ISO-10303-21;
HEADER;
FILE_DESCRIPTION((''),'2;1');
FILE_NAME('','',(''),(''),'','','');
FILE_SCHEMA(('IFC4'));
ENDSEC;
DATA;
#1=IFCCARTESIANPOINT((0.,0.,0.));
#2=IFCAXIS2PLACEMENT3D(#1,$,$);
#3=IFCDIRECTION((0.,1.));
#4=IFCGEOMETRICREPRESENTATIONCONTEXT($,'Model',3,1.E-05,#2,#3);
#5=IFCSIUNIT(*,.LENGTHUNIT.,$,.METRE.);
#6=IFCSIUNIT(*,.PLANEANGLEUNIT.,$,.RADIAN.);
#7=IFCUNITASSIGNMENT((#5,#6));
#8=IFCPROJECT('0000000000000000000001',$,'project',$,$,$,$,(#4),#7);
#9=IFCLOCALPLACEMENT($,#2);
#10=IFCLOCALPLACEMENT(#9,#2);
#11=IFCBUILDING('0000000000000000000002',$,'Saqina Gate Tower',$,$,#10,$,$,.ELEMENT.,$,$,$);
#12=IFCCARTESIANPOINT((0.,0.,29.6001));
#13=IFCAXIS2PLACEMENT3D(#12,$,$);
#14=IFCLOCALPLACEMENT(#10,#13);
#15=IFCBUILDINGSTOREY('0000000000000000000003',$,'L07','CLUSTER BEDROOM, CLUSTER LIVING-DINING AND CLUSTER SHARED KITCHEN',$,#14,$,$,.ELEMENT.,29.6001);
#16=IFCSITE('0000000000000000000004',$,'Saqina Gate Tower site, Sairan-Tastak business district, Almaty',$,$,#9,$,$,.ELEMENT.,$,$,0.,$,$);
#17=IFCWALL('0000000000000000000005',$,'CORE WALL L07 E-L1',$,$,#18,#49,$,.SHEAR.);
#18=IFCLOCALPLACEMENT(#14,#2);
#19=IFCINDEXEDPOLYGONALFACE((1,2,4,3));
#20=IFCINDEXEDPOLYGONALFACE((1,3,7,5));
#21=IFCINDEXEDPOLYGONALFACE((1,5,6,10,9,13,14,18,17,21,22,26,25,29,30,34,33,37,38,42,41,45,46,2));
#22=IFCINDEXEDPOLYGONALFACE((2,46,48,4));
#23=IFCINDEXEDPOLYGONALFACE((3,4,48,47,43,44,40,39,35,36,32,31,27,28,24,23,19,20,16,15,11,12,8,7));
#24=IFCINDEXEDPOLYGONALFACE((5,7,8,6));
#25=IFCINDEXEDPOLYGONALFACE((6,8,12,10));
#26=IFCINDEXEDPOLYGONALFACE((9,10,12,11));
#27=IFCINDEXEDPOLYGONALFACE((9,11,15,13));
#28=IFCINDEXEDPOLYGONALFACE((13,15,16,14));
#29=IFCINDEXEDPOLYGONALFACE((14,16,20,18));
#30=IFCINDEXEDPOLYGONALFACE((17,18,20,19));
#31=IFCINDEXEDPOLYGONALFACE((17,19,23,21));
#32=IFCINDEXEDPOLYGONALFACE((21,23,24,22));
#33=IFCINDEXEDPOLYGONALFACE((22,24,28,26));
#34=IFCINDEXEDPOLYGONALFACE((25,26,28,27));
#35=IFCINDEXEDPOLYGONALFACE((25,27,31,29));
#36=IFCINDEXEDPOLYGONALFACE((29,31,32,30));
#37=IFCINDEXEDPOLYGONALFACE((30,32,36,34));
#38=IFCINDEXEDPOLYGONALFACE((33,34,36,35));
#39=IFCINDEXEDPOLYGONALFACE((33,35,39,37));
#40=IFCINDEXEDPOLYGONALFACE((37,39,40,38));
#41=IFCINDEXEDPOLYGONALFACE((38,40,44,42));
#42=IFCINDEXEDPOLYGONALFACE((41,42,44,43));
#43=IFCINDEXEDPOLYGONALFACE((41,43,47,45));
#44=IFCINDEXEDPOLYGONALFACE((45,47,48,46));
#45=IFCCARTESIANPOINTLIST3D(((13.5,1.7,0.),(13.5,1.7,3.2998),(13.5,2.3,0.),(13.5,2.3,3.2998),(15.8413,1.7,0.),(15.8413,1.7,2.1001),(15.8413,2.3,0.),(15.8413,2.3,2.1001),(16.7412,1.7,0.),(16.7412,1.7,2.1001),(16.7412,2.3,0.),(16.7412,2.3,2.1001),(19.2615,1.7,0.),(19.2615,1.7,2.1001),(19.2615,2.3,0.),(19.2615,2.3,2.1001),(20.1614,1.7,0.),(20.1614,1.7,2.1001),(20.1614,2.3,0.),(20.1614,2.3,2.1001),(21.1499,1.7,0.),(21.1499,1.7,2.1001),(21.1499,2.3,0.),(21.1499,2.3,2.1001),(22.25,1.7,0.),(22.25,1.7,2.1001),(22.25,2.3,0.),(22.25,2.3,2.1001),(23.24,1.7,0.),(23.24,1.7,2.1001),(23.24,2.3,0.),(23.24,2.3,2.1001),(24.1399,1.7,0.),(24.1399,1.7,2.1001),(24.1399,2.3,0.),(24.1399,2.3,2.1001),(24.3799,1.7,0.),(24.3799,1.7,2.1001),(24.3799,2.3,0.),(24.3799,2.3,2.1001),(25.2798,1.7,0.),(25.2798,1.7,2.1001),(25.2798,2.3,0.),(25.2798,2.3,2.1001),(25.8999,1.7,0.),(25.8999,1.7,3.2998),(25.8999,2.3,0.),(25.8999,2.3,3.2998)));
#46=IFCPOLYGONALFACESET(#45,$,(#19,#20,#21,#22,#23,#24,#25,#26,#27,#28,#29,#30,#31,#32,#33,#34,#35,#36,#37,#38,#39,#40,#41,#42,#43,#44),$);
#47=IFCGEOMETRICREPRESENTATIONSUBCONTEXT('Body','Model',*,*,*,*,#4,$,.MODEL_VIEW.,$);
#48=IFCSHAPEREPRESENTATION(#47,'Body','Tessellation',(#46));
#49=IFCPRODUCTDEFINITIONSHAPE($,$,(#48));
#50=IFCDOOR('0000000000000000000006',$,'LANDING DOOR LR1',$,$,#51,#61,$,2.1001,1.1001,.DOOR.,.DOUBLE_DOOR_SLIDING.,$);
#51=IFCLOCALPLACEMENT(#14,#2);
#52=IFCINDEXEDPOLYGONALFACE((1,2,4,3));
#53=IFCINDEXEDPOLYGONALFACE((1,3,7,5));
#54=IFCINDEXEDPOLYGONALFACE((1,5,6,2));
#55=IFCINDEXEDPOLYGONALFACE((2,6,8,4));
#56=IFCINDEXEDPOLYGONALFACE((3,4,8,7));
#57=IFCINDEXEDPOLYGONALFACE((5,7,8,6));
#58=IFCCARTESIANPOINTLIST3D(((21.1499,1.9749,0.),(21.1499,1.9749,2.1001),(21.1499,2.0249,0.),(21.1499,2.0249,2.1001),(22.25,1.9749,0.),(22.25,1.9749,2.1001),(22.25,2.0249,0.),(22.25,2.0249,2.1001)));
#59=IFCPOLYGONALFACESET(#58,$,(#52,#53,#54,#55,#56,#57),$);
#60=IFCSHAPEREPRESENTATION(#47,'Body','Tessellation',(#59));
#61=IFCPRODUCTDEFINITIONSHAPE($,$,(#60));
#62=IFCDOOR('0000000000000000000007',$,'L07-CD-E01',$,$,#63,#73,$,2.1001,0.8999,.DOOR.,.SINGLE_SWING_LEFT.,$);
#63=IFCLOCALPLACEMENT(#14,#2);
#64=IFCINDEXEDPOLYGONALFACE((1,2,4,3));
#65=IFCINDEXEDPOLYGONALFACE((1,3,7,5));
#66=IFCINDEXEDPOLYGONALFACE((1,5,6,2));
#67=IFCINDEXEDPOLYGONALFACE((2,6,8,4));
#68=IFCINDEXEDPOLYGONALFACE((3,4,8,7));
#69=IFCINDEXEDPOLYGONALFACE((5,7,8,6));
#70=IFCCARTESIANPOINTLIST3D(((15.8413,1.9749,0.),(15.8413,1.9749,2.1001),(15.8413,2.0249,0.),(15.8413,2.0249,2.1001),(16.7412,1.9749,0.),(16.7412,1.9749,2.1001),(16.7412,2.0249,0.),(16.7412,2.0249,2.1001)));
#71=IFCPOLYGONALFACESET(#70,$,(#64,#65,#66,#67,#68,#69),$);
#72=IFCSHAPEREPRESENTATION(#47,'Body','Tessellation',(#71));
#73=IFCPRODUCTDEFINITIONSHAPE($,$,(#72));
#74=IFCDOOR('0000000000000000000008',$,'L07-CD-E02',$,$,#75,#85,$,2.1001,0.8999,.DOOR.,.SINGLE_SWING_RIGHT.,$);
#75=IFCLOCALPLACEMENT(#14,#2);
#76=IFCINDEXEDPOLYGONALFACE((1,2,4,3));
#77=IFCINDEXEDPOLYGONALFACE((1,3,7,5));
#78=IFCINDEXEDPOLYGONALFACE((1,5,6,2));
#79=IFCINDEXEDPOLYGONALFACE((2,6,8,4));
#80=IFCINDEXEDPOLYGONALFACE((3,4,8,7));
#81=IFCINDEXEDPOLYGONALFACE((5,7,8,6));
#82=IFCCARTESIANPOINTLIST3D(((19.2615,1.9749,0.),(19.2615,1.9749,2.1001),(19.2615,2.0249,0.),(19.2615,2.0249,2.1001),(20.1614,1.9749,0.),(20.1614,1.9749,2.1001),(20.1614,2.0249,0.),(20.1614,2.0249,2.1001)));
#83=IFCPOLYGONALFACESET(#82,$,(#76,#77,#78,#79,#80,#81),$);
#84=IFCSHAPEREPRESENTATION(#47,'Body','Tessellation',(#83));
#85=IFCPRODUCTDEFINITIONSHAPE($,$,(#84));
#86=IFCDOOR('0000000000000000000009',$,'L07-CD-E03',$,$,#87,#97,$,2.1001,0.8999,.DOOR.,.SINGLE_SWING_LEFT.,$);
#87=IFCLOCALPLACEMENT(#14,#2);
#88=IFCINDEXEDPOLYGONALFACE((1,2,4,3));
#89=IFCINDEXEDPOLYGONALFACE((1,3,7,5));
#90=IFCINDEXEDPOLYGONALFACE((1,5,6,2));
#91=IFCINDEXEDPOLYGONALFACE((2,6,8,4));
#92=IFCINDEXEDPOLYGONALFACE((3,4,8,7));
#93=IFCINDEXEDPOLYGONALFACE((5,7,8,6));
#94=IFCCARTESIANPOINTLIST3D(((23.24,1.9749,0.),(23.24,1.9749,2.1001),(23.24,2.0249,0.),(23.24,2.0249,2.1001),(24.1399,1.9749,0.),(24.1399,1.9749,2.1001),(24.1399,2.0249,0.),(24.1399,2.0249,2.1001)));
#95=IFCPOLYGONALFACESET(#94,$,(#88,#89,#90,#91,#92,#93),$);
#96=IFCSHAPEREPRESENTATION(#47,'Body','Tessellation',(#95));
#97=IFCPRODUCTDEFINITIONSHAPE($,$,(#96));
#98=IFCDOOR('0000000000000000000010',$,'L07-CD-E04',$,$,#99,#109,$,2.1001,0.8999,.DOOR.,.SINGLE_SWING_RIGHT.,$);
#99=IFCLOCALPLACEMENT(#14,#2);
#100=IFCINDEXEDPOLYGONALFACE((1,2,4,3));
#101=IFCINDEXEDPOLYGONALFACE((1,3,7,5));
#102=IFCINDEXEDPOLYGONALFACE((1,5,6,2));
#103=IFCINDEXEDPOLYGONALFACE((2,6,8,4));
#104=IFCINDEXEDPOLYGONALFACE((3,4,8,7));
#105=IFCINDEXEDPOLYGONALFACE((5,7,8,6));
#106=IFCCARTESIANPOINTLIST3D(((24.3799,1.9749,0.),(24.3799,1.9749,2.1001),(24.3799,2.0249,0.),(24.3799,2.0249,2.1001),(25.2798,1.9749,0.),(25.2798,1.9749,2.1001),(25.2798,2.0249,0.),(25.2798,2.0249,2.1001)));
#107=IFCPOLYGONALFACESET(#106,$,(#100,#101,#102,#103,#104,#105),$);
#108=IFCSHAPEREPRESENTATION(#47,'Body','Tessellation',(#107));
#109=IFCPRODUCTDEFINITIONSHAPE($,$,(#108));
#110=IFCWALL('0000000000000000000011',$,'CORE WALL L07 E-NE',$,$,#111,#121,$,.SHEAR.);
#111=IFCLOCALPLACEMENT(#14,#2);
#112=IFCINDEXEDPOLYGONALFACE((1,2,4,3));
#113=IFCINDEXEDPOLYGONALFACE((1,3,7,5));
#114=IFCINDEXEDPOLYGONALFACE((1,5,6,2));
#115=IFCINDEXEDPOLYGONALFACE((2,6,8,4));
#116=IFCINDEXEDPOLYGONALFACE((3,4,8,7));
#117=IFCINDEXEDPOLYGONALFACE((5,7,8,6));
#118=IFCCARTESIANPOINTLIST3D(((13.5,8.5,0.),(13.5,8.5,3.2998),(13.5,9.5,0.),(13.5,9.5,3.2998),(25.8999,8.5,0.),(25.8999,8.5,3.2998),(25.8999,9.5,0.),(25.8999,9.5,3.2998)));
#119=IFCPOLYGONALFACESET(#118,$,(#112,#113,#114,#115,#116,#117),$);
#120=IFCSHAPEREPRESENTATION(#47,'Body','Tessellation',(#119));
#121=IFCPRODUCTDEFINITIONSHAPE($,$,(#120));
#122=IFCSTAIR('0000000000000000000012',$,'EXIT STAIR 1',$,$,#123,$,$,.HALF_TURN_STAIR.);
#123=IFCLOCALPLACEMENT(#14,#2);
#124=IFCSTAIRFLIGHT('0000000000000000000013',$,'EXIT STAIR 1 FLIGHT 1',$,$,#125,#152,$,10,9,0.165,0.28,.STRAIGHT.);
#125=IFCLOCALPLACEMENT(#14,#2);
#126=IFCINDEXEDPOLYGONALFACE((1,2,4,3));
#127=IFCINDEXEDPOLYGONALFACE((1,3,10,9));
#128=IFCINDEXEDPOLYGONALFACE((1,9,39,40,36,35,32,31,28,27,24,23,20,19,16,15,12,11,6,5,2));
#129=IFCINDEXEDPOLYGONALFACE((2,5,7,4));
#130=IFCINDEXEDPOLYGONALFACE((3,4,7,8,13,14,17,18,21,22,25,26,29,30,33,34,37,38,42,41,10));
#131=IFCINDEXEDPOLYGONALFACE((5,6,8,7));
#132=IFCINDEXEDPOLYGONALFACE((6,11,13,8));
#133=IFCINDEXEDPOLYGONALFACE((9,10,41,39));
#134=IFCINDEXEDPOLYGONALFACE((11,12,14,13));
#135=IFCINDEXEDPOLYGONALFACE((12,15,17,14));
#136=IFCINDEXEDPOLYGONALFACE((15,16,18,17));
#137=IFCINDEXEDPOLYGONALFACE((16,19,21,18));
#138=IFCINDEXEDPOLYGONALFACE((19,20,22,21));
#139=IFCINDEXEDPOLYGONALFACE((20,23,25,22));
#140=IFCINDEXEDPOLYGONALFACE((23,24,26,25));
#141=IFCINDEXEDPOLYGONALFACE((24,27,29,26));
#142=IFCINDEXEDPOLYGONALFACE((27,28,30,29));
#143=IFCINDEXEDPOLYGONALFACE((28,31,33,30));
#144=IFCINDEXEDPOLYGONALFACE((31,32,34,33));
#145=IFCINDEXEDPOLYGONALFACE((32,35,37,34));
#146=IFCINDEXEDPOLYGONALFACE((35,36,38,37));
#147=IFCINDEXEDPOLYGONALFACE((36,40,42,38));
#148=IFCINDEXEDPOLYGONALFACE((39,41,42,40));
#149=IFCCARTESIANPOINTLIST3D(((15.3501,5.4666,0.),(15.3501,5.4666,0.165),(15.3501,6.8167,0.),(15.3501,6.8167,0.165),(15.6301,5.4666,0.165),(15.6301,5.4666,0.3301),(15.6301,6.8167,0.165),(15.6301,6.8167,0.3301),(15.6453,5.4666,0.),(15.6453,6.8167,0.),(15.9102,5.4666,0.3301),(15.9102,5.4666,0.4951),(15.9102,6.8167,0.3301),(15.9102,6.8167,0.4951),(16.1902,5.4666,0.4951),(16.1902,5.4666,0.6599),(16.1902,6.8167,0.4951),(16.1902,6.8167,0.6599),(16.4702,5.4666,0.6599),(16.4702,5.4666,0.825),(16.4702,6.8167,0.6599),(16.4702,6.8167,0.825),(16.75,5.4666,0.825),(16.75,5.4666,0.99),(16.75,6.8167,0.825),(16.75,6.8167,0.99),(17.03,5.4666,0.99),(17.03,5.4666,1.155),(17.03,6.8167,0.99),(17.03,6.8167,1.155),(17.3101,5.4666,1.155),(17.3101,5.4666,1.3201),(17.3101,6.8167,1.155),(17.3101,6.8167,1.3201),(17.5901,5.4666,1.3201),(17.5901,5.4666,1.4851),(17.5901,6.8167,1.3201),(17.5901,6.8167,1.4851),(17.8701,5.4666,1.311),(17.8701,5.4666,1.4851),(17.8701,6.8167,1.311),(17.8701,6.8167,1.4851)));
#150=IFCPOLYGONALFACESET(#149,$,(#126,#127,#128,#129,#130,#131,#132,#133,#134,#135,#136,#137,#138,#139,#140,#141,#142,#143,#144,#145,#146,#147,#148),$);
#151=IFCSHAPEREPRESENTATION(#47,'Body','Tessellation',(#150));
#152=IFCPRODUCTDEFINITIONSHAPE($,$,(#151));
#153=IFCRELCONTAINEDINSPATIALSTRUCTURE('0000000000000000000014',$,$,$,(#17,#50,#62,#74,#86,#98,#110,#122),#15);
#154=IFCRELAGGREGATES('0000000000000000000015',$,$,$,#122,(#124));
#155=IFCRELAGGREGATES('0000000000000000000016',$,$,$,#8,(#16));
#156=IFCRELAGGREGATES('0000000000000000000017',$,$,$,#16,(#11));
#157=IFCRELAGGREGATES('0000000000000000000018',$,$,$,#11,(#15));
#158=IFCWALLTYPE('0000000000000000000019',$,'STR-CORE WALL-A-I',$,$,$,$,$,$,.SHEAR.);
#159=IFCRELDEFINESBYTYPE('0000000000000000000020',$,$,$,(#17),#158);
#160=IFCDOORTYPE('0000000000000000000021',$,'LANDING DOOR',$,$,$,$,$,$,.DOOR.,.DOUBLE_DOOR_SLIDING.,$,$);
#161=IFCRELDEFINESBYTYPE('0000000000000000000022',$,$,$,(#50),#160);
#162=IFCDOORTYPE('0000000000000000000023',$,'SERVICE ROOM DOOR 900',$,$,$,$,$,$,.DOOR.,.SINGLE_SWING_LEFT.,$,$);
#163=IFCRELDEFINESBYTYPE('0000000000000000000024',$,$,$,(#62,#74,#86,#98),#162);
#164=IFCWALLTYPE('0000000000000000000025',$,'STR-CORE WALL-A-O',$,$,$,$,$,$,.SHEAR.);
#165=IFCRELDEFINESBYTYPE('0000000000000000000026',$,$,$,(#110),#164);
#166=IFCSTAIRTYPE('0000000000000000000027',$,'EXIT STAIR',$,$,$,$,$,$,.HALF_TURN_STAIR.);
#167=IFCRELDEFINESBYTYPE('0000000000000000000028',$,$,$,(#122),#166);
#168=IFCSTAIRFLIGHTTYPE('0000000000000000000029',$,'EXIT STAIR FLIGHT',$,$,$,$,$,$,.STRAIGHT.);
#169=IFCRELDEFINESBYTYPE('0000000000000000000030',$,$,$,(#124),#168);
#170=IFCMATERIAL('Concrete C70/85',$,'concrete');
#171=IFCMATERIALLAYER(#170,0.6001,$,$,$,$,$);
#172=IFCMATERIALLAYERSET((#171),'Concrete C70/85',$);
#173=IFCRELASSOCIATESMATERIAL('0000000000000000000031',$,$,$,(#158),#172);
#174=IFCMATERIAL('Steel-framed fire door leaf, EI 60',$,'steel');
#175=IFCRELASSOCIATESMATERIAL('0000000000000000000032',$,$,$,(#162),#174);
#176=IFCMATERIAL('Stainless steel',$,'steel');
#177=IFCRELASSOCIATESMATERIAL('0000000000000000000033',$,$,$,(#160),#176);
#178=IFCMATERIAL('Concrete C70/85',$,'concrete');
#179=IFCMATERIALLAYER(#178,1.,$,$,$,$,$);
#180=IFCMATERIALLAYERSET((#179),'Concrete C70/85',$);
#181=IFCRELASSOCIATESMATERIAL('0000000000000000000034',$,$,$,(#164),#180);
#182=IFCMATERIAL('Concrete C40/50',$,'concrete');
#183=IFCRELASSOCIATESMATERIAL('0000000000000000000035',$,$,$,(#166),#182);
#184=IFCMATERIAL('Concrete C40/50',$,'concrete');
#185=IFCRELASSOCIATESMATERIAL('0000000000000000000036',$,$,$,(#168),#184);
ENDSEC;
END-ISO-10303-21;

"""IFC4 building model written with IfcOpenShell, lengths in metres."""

from ifc_helpers import new_model, si_unit, direction, frame, frame_2d, origin, place, context, subcontext, project, spatial, polyline, rectangle, outline, extrude, material, layer, layer_set, type_object, element, fill, aggregate, save


model = new_model("IFC4")

# Units and contexts
model_context = context("Model", 3, precision=1e-05, world=origin(), true_north=direction((0.0, 1.0)))
body_context = subcontext(model_context, "Body", "Model", "MODEL_VIEW")
ifc_project = project(units=[si_unit("LENGTHUNIT", "METRE"), si_unit("PLANEANGLEUNIT", "RADIAN")], contexts=[model_context])

# Site, building, storey
site_placement = place(None, origin())
site = spatial("IfcSite", under=ifc_project, at=site_placement, Name="Saqina Gate Tower site, Sairan-Tastak business district, Almaty", CompositionType="ELEMENT", RefElevation=0.0)
building_placement = place(site_placement, origin())
building = spatial("IfcBuilding", under=site, at=building_placement, Name="Saqina Gate Tower", CompositionType="ELEMENT")
storey_placement = place(building_placement, frame((0.0, 0.0, 29.6001)))
storey = spatial("IfcBuildingStorey", under=building, at=storey_placement, Name="L07", Description="CLUSTER BEDROOM, CLUSTER LIVING-DINING AND CLUSTER SHARED KITCHEN", CompositionType="ELEMENT", Elevation=29.6001)

# Wall, openings, doors
ifc_material_1 = material(Name="Concrete C70/85", Category="concrete")
ifc_layer_1 = layer(ifc_material_1, 0.6001)
ifc_layer_set_1 = layer_set([ifc_layer_1], Name="Concrete C70/85")
wall_type_1 = type_object("IfcWallType", Name="STR-CORE WALL-A-I", PredefinedType="SHEAR", material=ifc_layer_set_1)
ifc_material_2 = material(Name="Steel-framed fire door leaf, EI 60", Category="steel")
door_type_1 = type_object("IfcDoorType", Name="SERVICE ROOM DOOR 900", OperationType="SINGLE_SWING_LEFT", PredefinedType="DOOR", material=ifc_material_2)
wall_1_placement = place(storey_placement, frame((13.5, 2.0, 0.0), z_axis=(0.0, 0.0, 1.0), x_axis=(1.0, 0.0, 0.0)))
wall_1 = element("IfcWall", 1, at=wall_1_placement, inside=storey, type_object=wall_type_1, Name="CORE WALL L07 E-L1", PredefinedType="SHEAR", context=body_context, shape_type="SweptSolid", body=[
    extrude(rectangle(XDim=12.3999, YDim=0.6001, at=frame_2d((6.2, 0.0))), origin(), (0.0, 0.0, 1.0), 3.2998),
])
opening_1_placement = place(wall_1_placement, frame((7.6499, 0.0, 0.0)))
opening_1 = element("IfcOpeningElement", 2, at=opening_1_placement, cuts=wall_1, PredefinedType="OPENING", context=body_context, shape_type="SweptSolid", body=[
    extrude(rectangle(XDim=1.1001, YDim=2.1001, at=frame_2d((0.55, 1.05))), frame((0.0, 0.312, 0.0), z_axis=(0.0, -1.0, 0.0), x_axis=(1.0, 0.0, 0.0)), (0.0, 0.0, 1.0), 0.624),
])
opening_2_placement = place(wall_1_placement, frame((2.3413, 0.0, 0.0)))
opening_2 = element("IfcOpeningElement", 3, at=opening_2_placement, cuts=wall_1, PredefinedType="OPENING", context=body_context, shape_type="SweptSolid", body=[
    extrude(rectangle(XDim=0.8999, YDim=2.1001, at=frame_2d((0.45, 1.05))), frame((0.0, 0.312, 0.0), z_axis=(0.0, -1.0, 0.0), x_axis=(1.0, 0.0, 0.0)), (0.0, 0.0, 1.0), 0.624),
])
opening_3_placement = place(wall_1_placement, frame((5.7615, 0.0, 0.0)))
opening_3 = element("IfcOpeningElement", 4, at=opening_3_placement, cuts=wall_1, PredefinedType="OPENING", context=body_context, shape_type="SweptSolid", body=[
    extrude(rectangle(XDim=0.8999, YDim=2.1001, at=frame_2d((0.45, 1.05))), frame((0.0, 0.312, 0.0), z_axis=(0.0, -1.0, 0.0), x_axis=(1.0, 0.0, 0.0)), (0.0, 0.0, 1.0), 0.624),
])
opening_4_placement = place(wall_1_placement, frame((9.74, 0.0, 0.0)))
opening_4 = element("IfcOpeningElement", 5, at=opening_4_placement, cuts=wall_1, PredefinedType="OPENING", context=body_context, shape_type="SweptSolid", body=[
    extrude(rectangle(XDim=0.8999, YDim=2.1001, at=frame_2d((0.45, 1.05))), frame((0.0, 0.312, 0.0), z_axis=(0.0, -1.0, 0.0), x_axis=(1.0, 0.0, 0.0)), (0.0, 0.0, 1.0), 0.624),
])
opening_5_placement = place(wall_1_placement, frame((10.8799, 0.0, 0.0)))
opening_5 = element("IfcOpeningElement", 6, at=opening_5_placement, cuts=wall_1, PredefinedType="OPENING", context=body_context, shape_type="SweptSolid", body=[
    extrude(rectangle(XDim=0.8999, YDim=2.1001, at=frame_2d((0.45, 1.05))), frame((0.0, 0.312, 0.0), z_axis=(0.0, -1.0, 0.0), x_axis=(1.0, 0.0, 0.0)), (0.0, 0.0, 1.0), 0.624),
])
ifc_material_3 = material(Name="Stainless steel", Category="steel")
door_type_2 = type_object("IfcDoorType", Name="LANDING DOOR", OperationType="DOUBLE_DOOR_SLIDING", PredefinedType="DOOR", material=ifc_material_3)
door_1_placement = place(opening_1_placement, origin())
door_1 = element("IfcDoor", 7, at=door_1_placement, inside=storey, type_object=door_type_2, Name="LANDING DOOR LR1", OperationType="DOUBLE_DOOR_SLIDING", OverallHeight=2.1001, OverallWidth=1.1001, PredefinedType="DOOR", context=body_context, shape_type="SweptSolid", body=[
    extrude(rectangle(XDim=1.1001, YDim=2.1001, at=frame_2d((0.55, 1.05))), frame((0.0, 0.0249, 0.0), z_axis=(0.0, -1.0, 0.0), x_axis=(1.0, 0.0, 0.0)), (0.0, 0.0, 1.0), 0.05),
])
fill(opening_1, door_1)
door_2_placement = place(opening_2_placement, origin())
door_2 = element("IfcDoor", 8, at=door_2_placement, inside=storey, type_object=door_type_1, Name="L07-CD-E01", OperationType="SINGLE_SWING_LEFT", OverallHeight=2.1001, OverallWidth=0.8999, PredefinedType="DOOR", context=body_context, shape_type="SweptSolid", body=[
    extrude(rectangle(XDim=0.8999, YDim=2.1001, at=frame_2d((0.45, 1.05))), frame((0.0, 0.0249, 0.0), z_axis=(0.0, -1.0, 0.0), x_axis=(1.0, 0.0, 0.0)), (0.0, 0.0, 1.0), 0.05),
])
fill(opening_2, door_2)
door_3_placement = place(opening_3_placement, origin())
door_3 = element("IfcDoor", 9, at=door_3_placement, inside=storey, type_object=door_type_1, Name="L07-CD-E02", OperationType="SINGLE_SWING_RIGHT", OverallHeight=2.1001, OverallWidth=0.8999, PredefinedType="DOOR", context=body_context, shape_type="SweptSolid", body=[
    extrude(rectangle(XDim=0.8999, YDim=2.1001, at=frame_2d((0.45, 1.05))), frame((0.0, 0.0249, 0.0), z_axis=(0.0, -1.0, 0.0), x_axis=(1.0, 0.0, 0.0)), (0.0, 0.0, 1.0), 0.05),
])
fill(opening_3, door_3)
door_4_placement = place(opening_4_placement, origin())
door_4 = element("IfcDoor", 10, at=door_4_placement, inside=storey, type_object=door_type_1, Name="L07-CD-E03", OperationType="SINGLE_SWING_LEFT", OverallHeight=2.1001, OverallWidth=0.8999, PredefinedType="DOOR", context=body_context, shape_type="SweptSolid", body=[
    extrude(rectangle(XDim=0.8999, YDim=2.1001, at=frame_2d((0.45, 1.05))), frame((0.0, 0.0249, 0.0), z_axis=(0.0, -1.0, 0.0), x_axis=(1.0, 0.0, 0.0)), (0.0, 0.0, 1.0), 0.05),
])
fill(opening_4, door_4)
door_5_placement = place(opening_5_placement, origin())
door_5 = element("IfcDoor", 11, at=door_5_placement, inside=storey, type_object=door_type_1, Name="L07-CD-E04", OperationType="SINGLE_SWING_RIGHT", OverallHeight=2.1001, OverallWidth=0.8999, PredefinedType="DOOR", context=body_context, shape_type="SweptSolid", body=[
    extrude(rectangle(XDim=0.8999, YDim=2.1001, at=frame_2d((0.45, 1.05))), frame((0.0, 0.0249, 0.0), z_axis=(0.0, -1.0, 0.0), x_axis=(1.0, 0.0, 0.0)), (0.0, 0.0, 1.0), 0.05),
])
fill(opening_5, door_5)

# Wall
ifc_material_4 = material(Name="Concrete C70/85", Category="concrete")
ifc_layer_2 = layer(ifc_material_4, 1.0)
ifc_layer_set_2 = layer_set([ifc_layer_2], Name="Concrete C70/85")
wall_type_2 = type_object("IfcWallType", Name="STR-CORE WALL-A-O", PredefinedType="SHEAR", material=ifc_layer_set_2)
wall_2_placement = place(storey_placement, frame((13.5, 9.0, 0.0), z_axis=(0.0, 0.0, 1.0), x_axis=(1.0, 0.0, 0.0)))
element("IfcWall", 12, at=wall_2_placement, inside=storey, type_object=wall_type_2, Name="CORE WALL L07 E-NE", PredefinedType="SHEAR", context=body_context, shape_type="SweptSolid", body=[
    extrude(rectangle(XDim=12.3999, YDim=1.0, at=frame_2d((6.2, 0.0))), origin(), (0.0, 0.0, 1.0), 3.2998),
])

# Stair, stair flight
ifc_material_5 = material(Name="Concrete C40/50", Category="concrete")
stair_type = type_object("IfcStairType", Name="EXIT STAIR", PredefinedType="HALF_TURN_STAIR", material=ifc_material_5)
stair_placement = place(storey_placement, origin())
stair = element("IfcStair", 13, at=stair_placement, inside=storey, type_object=stair_type, Name="EXIT STAIR 1", PredefinedType="HALF_TURN_STAIR")
ifc_material_6 = material(Name="Concrete C40/50", Category="concrete")
stair_flight_type = type_object("IfcStairFlightType", Name="EXIT STAIR FLIGHT", PredefinedType="STRAIGHT", material=ifc_material_6)
stair_flight_1_placement = place(storey_placement, frame((15.3501, 6.1416, 0.0), z_axis=(0.0, 0.0, 1.0), x_axis=(1.0, 0.0, 0.0)))
stair_flight_1 = element("IfcStairFlight", 14, at=stair_flight_1_placement, type_object=stair_flight_type, Name="EXIT STAIR 1 FLIGHT 1", NumberOfRisers=10, NumberOfTreads=9, PredefinedType="STRAIGHT", RiserHeight=0.165, TreadLength=0.28, context=body_context, shape_type="SweptSolid", body=[
    extrude(outline(polyline([(0.0, 0.0), (0.0, 0.165), (0.28, 0.165), (0.28, 0.3301), (0.5601, 0.3301), (0.5601, 0.4951), (0.8401, 0.4951), (0.8401, 0.6599), (1.1201, 0.6599), (1.1201, 0.825), (1.3999, 0.825), (1.3999, 0.99), (1.6799, 0.99), (1.6799, 1.155), (1.96, 1.155), (1.96, 1.3201), (2.24, 1.3201), (2.24, 1.4851), (2.52, 1.4851), (2.52, 1.6499), (2.52, 1.311), (0.2952, 0.0), (0.0, 0.0)])), frame((0.0, 0.675, 0.0), z_axis=(0.0, -1.0, 0.0), x_axis=(1.0, 0.0, 0.0)), (0.0, 0.0, 1.0), 1.3501),
])
aggregate(stair, [stair_flight_1])

save(model, "model.ifc")
